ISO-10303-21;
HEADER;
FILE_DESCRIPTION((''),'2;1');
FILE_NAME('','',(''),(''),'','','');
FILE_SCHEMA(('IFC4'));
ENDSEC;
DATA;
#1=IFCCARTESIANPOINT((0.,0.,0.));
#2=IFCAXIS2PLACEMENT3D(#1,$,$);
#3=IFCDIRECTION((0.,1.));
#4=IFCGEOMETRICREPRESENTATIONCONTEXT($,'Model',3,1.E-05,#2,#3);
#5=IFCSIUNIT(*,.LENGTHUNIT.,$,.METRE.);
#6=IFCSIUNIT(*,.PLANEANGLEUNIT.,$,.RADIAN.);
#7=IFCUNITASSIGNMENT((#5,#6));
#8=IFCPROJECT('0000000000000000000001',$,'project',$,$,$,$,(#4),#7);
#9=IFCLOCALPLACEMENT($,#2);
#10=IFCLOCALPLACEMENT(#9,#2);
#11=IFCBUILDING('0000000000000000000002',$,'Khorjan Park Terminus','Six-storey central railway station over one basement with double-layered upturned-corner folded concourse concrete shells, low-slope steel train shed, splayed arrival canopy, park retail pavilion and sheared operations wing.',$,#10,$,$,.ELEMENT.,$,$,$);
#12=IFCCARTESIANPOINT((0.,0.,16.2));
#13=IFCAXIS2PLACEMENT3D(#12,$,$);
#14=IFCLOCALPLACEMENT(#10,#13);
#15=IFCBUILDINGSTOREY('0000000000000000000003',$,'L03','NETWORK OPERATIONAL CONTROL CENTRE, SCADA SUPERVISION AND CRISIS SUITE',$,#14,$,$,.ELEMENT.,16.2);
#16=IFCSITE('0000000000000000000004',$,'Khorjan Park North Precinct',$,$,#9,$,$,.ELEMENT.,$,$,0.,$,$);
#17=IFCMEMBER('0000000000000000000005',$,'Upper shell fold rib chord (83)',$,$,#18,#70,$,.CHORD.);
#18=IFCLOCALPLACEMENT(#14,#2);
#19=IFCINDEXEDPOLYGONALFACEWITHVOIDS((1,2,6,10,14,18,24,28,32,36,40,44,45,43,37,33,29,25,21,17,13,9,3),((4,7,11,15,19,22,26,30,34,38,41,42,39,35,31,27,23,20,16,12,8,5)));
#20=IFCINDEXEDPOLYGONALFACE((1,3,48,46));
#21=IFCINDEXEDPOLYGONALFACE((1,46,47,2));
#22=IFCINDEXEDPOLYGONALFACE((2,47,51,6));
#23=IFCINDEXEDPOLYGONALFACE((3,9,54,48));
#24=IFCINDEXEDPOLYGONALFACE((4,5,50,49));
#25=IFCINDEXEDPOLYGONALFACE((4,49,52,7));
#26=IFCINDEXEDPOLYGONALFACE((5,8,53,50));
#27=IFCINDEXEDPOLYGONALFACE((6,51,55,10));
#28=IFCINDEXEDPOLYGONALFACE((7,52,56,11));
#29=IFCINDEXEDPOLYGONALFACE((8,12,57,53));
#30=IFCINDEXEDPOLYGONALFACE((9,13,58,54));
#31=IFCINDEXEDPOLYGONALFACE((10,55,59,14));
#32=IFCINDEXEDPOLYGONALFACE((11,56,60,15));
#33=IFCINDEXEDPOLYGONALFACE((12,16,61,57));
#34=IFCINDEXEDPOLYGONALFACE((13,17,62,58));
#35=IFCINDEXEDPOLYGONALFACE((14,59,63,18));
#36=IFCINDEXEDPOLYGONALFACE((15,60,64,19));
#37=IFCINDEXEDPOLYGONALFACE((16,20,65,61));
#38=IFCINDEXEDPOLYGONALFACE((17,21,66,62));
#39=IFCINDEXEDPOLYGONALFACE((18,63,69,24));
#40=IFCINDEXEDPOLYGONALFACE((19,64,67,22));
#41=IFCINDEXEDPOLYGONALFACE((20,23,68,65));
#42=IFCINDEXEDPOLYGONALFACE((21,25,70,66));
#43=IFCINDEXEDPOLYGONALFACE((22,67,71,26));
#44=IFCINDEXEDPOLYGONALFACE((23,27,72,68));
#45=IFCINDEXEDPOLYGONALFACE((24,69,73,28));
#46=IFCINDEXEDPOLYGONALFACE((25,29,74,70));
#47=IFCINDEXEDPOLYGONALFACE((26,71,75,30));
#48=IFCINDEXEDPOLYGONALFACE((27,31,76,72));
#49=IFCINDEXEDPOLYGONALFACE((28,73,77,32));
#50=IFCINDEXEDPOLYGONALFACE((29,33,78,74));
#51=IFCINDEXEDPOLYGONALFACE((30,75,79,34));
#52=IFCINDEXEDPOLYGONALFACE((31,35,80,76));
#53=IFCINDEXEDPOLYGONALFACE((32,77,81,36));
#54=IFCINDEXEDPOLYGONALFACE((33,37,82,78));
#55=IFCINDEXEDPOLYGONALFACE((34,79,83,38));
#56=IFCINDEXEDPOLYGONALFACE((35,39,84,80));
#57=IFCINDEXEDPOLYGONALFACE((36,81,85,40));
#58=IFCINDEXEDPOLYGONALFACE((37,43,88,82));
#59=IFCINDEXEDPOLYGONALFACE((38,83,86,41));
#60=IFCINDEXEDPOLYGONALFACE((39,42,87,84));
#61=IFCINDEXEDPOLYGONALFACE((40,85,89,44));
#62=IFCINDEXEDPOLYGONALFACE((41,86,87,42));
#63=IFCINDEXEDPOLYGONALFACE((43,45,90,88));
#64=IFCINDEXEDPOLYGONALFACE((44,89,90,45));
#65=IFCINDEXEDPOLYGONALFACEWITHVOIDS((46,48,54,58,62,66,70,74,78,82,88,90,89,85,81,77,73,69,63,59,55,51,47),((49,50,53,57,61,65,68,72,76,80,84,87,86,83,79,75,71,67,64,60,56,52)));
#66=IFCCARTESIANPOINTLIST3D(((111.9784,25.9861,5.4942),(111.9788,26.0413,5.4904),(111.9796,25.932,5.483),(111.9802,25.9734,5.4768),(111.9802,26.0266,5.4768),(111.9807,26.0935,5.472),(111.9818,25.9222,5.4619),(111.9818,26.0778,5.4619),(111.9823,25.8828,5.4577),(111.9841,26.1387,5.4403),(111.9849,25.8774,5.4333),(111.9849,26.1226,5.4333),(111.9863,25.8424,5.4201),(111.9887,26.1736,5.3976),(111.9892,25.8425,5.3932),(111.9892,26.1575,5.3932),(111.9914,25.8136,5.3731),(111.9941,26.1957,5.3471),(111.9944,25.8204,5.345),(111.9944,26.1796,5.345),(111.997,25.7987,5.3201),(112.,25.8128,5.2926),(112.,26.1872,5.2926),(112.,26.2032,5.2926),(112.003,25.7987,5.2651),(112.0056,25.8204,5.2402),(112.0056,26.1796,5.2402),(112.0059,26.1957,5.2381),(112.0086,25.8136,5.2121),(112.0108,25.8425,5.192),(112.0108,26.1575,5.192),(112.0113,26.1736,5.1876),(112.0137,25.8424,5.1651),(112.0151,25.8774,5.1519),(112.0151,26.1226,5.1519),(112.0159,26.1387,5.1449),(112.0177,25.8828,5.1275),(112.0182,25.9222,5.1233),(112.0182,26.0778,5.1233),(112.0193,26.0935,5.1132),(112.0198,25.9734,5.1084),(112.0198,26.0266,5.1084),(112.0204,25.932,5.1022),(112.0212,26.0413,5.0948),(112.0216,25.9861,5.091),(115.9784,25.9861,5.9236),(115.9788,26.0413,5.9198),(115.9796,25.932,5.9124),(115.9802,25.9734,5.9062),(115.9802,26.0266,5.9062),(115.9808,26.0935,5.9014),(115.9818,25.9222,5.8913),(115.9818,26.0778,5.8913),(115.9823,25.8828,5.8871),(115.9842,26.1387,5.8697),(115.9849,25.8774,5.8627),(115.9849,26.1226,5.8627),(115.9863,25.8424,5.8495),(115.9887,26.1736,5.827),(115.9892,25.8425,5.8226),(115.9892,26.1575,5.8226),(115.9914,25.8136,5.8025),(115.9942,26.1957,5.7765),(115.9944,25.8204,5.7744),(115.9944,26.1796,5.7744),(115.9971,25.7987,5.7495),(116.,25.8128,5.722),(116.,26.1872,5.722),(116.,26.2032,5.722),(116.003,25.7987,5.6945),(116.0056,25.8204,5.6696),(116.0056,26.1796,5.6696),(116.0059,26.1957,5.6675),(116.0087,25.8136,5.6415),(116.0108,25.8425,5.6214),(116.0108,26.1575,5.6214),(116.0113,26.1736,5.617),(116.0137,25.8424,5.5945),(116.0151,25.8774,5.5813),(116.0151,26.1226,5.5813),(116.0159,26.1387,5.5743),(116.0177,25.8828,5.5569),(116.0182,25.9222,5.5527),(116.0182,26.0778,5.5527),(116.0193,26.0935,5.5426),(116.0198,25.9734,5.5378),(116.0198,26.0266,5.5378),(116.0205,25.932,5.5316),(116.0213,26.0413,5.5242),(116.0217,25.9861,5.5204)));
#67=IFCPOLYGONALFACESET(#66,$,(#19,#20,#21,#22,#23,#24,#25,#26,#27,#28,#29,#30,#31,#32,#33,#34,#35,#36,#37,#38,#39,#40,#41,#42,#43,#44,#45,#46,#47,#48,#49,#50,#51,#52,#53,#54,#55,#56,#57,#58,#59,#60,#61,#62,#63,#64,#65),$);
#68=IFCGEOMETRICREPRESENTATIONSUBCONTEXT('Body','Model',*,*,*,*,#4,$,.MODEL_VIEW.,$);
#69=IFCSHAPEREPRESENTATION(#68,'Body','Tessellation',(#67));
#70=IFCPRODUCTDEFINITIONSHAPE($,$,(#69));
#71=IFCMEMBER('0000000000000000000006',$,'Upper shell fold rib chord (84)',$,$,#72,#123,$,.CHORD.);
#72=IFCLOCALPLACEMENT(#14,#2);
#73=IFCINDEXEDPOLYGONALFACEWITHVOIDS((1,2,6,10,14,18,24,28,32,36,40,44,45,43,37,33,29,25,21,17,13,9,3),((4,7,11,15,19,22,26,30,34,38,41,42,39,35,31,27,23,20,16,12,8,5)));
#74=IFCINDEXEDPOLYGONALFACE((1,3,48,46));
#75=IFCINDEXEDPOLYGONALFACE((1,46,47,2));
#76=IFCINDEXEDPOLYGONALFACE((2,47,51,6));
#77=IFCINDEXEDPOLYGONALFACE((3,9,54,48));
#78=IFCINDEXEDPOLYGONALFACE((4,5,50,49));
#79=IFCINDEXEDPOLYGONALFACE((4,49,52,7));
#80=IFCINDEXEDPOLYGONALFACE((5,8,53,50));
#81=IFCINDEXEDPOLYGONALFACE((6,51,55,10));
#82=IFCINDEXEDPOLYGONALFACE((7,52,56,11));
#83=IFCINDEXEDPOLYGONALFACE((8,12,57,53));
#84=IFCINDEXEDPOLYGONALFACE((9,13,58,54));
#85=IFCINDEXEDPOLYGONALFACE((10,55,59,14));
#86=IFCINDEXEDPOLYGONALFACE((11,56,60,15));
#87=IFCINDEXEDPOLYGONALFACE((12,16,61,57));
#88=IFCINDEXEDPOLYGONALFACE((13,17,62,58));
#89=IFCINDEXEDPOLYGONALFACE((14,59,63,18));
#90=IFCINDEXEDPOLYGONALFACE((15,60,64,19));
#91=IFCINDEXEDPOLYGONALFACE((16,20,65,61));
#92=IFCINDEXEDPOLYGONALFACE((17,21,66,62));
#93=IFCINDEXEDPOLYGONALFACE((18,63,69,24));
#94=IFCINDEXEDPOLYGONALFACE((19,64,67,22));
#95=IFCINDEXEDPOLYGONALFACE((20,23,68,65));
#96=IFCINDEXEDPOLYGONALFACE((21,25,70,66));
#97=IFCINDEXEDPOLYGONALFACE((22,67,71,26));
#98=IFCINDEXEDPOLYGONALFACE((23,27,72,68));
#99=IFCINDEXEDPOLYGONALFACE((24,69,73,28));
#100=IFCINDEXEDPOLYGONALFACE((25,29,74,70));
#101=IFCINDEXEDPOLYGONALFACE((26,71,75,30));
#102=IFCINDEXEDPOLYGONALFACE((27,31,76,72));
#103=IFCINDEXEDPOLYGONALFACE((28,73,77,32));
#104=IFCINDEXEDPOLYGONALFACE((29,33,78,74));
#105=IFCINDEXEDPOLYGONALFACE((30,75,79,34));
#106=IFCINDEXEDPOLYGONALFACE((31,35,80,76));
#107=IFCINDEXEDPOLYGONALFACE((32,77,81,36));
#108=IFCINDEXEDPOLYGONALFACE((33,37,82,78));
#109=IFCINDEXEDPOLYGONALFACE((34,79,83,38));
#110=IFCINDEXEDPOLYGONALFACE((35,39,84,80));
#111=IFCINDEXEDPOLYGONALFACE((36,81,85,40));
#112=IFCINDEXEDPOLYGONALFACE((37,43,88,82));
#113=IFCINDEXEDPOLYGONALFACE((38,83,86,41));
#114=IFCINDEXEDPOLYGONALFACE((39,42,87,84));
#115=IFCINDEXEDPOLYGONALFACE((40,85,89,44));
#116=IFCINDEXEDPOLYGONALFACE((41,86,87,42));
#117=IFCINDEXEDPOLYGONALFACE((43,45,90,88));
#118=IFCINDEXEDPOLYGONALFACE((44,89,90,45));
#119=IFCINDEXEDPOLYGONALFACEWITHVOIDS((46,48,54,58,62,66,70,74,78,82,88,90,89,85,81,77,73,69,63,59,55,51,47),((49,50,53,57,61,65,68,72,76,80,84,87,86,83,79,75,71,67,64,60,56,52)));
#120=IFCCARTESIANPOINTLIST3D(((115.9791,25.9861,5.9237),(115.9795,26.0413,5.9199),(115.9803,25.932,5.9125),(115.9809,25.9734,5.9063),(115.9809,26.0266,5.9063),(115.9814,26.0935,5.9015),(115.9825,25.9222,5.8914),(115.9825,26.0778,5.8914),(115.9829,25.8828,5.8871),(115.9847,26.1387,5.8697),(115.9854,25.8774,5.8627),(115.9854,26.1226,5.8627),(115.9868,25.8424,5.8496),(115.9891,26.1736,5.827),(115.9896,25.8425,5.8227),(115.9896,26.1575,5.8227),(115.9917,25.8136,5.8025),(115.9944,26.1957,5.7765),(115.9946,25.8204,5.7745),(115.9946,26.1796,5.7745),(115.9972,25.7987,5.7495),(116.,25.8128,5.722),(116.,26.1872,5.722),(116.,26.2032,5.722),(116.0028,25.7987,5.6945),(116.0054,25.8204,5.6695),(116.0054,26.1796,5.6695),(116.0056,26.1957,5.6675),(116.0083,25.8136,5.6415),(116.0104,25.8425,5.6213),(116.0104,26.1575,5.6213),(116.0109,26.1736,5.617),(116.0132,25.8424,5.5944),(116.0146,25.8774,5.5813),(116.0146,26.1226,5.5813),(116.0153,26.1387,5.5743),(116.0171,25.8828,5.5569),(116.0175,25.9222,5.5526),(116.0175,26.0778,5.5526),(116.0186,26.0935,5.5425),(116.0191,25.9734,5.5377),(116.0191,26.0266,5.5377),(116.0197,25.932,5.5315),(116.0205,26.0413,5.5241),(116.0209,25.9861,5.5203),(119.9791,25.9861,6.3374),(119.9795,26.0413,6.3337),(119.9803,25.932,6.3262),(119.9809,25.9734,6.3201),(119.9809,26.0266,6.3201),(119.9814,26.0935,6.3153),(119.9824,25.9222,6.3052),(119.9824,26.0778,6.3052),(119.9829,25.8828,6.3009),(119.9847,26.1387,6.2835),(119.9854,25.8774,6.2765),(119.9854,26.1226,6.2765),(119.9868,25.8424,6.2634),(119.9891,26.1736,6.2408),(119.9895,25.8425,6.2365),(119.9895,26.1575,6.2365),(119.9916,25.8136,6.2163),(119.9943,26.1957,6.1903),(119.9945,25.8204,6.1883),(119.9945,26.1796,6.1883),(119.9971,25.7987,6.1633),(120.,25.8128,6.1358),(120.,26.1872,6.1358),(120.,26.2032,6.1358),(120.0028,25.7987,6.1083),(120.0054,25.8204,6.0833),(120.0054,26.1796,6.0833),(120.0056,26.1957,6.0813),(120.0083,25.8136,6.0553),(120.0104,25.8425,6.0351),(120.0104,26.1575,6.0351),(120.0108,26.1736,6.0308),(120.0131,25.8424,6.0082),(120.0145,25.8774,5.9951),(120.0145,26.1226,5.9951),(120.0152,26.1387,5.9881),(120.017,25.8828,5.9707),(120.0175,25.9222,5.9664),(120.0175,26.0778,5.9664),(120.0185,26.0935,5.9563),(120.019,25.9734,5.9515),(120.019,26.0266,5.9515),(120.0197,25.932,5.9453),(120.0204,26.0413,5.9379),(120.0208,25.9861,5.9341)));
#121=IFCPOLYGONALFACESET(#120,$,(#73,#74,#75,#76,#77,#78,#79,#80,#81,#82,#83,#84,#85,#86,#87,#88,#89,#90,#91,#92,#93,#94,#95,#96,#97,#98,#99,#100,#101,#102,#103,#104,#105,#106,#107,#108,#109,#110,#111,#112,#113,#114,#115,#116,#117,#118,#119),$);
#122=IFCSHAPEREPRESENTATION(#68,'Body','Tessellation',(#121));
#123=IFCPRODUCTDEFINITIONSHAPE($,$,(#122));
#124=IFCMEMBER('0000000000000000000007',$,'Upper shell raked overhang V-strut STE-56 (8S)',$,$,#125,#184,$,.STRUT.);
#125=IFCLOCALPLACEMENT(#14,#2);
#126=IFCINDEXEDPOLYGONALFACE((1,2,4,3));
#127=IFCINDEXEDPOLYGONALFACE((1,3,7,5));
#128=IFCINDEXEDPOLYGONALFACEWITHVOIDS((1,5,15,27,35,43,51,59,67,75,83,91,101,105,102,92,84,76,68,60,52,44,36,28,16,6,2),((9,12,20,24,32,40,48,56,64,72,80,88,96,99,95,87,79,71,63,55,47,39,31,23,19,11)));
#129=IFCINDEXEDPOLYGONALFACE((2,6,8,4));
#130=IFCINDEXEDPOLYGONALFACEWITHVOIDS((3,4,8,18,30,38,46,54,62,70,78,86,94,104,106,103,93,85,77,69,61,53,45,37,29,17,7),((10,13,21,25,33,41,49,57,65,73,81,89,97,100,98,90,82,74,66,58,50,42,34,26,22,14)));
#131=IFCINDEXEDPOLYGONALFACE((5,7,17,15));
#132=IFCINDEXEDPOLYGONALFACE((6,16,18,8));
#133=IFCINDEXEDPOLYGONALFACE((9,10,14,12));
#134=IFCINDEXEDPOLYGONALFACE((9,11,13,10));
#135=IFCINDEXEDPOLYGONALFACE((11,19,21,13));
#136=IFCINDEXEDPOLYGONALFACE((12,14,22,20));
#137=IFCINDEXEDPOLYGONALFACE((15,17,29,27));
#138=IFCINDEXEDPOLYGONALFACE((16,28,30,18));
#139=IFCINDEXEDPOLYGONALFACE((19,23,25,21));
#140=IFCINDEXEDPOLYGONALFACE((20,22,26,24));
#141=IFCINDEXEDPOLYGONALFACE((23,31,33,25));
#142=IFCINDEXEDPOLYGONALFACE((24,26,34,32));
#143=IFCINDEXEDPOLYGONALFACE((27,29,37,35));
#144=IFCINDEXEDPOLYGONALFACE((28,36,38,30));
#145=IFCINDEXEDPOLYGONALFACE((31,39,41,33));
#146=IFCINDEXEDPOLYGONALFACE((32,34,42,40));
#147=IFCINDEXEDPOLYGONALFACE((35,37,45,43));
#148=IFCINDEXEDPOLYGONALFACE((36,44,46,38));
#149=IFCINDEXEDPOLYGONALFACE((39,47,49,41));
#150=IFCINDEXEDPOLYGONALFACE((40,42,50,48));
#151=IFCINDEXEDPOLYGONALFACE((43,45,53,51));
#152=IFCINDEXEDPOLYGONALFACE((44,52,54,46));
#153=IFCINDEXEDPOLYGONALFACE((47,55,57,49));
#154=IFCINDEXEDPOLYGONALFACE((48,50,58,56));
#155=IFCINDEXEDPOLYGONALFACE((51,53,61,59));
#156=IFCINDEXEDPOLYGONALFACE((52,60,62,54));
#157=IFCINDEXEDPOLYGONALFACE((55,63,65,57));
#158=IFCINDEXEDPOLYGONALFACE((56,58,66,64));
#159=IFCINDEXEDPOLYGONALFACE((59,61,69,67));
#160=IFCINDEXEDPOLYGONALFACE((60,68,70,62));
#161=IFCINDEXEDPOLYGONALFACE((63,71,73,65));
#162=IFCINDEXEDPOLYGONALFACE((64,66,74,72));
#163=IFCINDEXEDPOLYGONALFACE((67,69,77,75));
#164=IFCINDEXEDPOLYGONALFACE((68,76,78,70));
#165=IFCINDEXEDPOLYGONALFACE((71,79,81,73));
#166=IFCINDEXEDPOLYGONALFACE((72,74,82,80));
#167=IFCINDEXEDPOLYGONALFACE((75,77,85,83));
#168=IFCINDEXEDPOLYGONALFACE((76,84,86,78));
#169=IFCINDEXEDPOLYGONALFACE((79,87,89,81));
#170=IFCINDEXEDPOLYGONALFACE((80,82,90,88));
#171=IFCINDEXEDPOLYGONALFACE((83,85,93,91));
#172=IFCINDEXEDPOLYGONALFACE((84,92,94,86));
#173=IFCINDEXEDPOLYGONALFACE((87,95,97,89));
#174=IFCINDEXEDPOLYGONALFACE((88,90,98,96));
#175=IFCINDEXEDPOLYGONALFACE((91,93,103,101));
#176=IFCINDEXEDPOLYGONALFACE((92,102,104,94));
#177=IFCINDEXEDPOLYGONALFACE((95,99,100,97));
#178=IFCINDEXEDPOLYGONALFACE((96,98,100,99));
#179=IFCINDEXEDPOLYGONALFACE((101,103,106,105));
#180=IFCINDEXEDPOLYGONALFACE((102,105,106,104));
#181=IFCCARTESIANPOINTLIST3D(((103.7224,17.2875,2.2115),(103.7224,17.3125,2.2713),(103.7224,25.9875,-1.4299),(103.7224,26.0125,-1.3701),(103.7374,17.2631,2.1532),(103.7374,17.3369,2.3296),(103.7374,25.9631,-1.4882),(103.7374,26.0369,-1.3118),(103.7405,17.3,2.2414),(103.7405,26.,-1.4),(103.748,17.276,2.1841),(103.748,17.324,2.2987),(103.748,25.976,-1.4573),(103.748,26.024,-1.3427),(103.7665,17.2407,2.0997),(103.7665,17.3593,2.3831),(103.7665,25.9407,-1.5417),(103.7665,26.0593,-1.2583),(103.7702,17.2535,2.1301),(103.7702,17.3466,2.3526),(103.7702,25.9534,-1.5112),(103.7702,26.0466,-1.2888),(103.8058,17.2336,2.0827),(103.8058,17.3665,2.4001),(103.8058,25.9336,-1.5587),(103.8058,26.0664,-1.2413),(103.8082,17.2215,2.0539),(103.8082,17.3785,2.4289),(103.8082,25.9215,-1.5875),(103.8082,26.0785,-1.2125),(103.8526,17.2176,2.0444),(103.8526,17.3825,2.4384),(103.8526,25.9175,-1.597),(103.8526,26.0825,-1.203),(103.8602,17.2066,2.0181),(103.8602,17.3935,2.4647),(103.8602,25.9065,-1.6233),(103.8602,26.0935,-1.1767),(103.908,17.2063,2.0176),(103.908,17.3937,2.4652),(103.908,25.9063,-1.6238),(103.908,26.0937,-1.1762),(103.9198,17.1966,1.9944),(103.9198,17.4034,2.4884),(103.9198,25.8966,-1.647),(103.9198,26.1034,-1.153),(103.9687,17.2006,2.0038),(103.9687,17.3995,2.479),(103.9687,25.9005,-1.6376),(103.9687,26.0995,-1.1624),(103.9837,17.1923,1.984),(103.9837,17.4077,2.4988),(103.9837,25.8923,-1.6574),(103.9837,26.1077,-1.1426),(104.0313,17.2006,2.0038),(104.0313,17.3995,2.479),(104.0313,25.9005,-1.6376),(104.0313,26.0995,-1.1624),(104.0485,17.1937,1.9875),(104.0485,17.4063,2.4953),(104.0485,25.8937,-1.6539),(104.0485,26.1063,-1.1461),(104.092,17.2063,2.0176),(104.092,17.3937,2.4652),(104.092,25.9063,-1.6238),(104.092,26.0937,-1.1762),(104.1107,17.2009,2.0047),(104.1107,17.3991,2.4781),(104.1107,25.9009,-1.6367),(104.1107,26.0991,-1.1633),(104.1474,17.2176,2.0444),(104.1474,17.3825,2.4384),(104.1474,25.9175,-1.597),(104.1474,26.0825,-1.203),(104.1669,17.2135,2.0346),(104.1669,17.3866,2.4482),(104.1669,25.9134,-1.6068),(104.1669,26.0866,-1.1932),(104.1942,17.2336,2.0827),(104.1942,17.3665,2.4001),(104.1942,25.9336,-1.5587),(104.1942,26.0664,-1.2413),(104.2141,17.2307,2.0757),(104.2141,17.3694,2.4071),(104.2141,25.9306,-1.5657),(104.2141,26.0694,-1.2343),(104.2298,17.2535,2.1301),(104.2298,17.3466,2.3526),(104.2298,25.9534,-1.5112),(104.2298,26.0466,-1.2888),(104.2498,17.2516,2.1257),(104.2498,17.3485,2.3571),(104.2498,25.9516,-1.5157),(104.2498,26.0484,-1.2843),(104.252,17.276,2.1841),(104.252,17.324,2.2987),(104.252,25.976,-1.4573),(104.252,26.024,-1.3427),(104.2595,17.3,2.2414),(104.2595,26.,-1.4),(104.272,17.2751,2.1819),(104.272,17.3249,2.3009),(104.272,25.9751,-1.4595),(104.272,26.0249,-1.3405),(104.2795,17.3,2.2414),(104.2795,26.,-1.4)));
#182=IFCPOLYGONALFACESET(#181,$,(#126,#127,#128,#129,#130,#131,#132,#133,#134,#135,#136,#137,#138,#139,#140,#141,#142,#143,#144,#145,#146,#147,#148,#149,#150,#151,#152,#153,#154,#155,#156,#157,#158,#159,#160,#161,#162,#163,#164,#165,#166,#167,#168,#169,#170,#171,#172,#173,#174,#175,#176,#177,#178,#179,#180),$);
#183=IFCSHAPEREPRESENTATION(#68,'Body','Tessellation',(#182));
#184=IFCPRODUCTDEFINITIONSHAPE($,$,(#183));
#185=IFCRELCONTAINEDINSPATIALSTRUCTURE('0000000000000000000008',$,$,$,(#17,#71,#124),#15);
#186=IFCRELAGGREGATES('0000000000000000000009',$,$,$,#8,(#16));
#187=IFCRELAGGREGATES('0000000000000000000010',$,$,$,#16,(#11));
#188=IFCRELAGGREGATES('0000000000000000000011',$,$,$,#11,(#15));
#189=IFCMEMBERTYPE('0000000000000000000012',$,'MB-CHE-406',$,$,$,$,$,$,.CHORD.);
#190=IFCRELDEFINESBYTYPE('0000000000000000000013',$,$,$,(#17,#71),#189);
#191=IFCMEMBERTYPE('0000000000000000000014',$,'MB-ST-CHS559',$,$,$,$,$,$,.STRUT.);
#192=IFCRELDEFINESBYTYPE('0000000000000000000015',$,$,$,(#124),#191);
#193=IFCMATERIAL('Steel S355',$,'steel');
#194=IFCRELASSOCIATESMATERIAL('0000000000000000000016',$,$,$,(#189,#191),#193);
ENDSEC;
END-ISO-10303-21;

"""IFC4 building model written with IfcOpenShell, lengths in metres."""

from ifc_helpers import new_model, si_unit, direction, frame, origin, origin_2d, place, context, subcontext, project, spatial, hollow_circle, extrude, material, material_profile, profile_set, type_object, element, save


model = new_model("IFC4")

# Units and contexts
model_context = context("Model", 3, precision=1e-05, world=origin(), true_north=direction((0.0, 1.0)))
body_context = subcontext(model_context, "Body", "Model", "MODEL_VIEW")
ifc_project = project(units=[si_unit("LENGTHUNIT", "METRE"), si_unit("PLANEANGLEUNIT", "RADIAN")], contexts=[model_context])

# Site, building, storey
site_placement = place(None, origin())
site = spatial("IfcSite", under=ifc_project, at=site_placement, Name="Khorjan Park North Precinct", CompositionType="ELEMENT", RefElevation=0.0)
building_placement = place(site_placement, origin())
building = spatial("IfcBuilding", under=site, at=building_placement, Name="Khorjan Park Terminus", Description="Six-storey central railway station over one basement with double-layered upturned-corner folded concourse concrete shells, low-slope steel train shed, splayed arrival canopy, park retail pavilion and sheared operations wing.", CompositionType="ELEMENT")
storey_placement = place(building_placement, frame((0.0, 0.0, 16.2)))
storey = spatial("IfcBuildingStorey", under=building, at=storey_placement, Name="L03", Description="NETWORK OPERATIONAL CONTROL CENTRE, SCADA SUPERVISION AND CRISIS SUITE", CompositionType="ELEMENT", Elevation=16.2)

# Members
ifc_material_1 = material(Name="Steel S355", Category="steel")
ifc_material_profile_1 = material_profile(ifc_material_1, hollow_circle(Radius=0.2032, WallThickness=0.016, at=origin_2d()), Name="CHS 406.4x16")
ifc_profile_set_1 = profile_set([ifc_material_profile_1], Name="Steel S355")
member_type_1 = type_object("IfcMemberType", Name="MB-CHE-406", PredefinedType="CHORD", material=ifc_profile_set_1)
member_1_placement = place(storey_placement, frame((112.0, 26.0, 5.2926), z_axis=(0.994287, 0.0, 0.106737), x_axis=(0.0, 1.0, 0.0)))
element("IfcMember", 1, at=member_1_placement, inside=storey, type_object=member_type_1, Name="Upper shell fold rib chord (83)", PredefinedType="CHORD", context=body_context, shape_type="SweptSolid", body=[
    extrude(hollow_circle(Radius=0.2032, WallThickness=0.016, at=origin_2d()), origin(), (0.0, 0.0, 1.0), 4.023),
])
member_2_placement = place(storey_placement, frame((116.0, 26.0, 5.722), z_axis=(0.994692, 0.0, 0.102901), x_axis=(0.0, 1.0, 0.0)))
element("IfcMember", 2, at=member_2_placement, inside=storey, type_object=member_type_1, Name="Upper shell fold rib chord (84)", PredefinedType="CHORD", context=body_context, shape_type="SweptSolid", body=[
    extrude(hollow_circle(Radius=0.2032, WallThickness=0.016, at=origin_2d()), origin(), (0.0, 0.0, 1.0), 4.0213),
])
ifc_material_profile_2 = material_profile(ifc_material_1, hollow_circle(Radius=0.2795, WallThickness=0.02, at=origin_2d()), Name="CHS 559x20")
ifc_profile_set_2 = profile_set([ifc_material_profile_2], Name="Steel S355")
member_type_2 = type_object("IfcMemberType", Name="MB-ST-CHS559", PredefinedType="STRUT", material=ifc_profile_set_2)
member_3_placement = place(storey_placement, frame((104.0, 26.0, -1.4), z_axis=(0.0, -0.922458, 0.386097), x_axis=(1.0, 0.0, 0.0)))
element("IfcMember", 3, at=member_3_placement, inside=storey, type_object=member_type_2, Name="Upper shell raked overhang V-strut STE-56 (8S)", PredefinedType="STRUT", context=body_context, shape_type="SweptSolid", body=[
    extrude(hollow_circle(Radius=0.2795, WallThickness=0.02, at=origin_2d()), origin(), (0.0, 0.0, 1.0), 9.4313),
])

save(model, "model.ifc")
